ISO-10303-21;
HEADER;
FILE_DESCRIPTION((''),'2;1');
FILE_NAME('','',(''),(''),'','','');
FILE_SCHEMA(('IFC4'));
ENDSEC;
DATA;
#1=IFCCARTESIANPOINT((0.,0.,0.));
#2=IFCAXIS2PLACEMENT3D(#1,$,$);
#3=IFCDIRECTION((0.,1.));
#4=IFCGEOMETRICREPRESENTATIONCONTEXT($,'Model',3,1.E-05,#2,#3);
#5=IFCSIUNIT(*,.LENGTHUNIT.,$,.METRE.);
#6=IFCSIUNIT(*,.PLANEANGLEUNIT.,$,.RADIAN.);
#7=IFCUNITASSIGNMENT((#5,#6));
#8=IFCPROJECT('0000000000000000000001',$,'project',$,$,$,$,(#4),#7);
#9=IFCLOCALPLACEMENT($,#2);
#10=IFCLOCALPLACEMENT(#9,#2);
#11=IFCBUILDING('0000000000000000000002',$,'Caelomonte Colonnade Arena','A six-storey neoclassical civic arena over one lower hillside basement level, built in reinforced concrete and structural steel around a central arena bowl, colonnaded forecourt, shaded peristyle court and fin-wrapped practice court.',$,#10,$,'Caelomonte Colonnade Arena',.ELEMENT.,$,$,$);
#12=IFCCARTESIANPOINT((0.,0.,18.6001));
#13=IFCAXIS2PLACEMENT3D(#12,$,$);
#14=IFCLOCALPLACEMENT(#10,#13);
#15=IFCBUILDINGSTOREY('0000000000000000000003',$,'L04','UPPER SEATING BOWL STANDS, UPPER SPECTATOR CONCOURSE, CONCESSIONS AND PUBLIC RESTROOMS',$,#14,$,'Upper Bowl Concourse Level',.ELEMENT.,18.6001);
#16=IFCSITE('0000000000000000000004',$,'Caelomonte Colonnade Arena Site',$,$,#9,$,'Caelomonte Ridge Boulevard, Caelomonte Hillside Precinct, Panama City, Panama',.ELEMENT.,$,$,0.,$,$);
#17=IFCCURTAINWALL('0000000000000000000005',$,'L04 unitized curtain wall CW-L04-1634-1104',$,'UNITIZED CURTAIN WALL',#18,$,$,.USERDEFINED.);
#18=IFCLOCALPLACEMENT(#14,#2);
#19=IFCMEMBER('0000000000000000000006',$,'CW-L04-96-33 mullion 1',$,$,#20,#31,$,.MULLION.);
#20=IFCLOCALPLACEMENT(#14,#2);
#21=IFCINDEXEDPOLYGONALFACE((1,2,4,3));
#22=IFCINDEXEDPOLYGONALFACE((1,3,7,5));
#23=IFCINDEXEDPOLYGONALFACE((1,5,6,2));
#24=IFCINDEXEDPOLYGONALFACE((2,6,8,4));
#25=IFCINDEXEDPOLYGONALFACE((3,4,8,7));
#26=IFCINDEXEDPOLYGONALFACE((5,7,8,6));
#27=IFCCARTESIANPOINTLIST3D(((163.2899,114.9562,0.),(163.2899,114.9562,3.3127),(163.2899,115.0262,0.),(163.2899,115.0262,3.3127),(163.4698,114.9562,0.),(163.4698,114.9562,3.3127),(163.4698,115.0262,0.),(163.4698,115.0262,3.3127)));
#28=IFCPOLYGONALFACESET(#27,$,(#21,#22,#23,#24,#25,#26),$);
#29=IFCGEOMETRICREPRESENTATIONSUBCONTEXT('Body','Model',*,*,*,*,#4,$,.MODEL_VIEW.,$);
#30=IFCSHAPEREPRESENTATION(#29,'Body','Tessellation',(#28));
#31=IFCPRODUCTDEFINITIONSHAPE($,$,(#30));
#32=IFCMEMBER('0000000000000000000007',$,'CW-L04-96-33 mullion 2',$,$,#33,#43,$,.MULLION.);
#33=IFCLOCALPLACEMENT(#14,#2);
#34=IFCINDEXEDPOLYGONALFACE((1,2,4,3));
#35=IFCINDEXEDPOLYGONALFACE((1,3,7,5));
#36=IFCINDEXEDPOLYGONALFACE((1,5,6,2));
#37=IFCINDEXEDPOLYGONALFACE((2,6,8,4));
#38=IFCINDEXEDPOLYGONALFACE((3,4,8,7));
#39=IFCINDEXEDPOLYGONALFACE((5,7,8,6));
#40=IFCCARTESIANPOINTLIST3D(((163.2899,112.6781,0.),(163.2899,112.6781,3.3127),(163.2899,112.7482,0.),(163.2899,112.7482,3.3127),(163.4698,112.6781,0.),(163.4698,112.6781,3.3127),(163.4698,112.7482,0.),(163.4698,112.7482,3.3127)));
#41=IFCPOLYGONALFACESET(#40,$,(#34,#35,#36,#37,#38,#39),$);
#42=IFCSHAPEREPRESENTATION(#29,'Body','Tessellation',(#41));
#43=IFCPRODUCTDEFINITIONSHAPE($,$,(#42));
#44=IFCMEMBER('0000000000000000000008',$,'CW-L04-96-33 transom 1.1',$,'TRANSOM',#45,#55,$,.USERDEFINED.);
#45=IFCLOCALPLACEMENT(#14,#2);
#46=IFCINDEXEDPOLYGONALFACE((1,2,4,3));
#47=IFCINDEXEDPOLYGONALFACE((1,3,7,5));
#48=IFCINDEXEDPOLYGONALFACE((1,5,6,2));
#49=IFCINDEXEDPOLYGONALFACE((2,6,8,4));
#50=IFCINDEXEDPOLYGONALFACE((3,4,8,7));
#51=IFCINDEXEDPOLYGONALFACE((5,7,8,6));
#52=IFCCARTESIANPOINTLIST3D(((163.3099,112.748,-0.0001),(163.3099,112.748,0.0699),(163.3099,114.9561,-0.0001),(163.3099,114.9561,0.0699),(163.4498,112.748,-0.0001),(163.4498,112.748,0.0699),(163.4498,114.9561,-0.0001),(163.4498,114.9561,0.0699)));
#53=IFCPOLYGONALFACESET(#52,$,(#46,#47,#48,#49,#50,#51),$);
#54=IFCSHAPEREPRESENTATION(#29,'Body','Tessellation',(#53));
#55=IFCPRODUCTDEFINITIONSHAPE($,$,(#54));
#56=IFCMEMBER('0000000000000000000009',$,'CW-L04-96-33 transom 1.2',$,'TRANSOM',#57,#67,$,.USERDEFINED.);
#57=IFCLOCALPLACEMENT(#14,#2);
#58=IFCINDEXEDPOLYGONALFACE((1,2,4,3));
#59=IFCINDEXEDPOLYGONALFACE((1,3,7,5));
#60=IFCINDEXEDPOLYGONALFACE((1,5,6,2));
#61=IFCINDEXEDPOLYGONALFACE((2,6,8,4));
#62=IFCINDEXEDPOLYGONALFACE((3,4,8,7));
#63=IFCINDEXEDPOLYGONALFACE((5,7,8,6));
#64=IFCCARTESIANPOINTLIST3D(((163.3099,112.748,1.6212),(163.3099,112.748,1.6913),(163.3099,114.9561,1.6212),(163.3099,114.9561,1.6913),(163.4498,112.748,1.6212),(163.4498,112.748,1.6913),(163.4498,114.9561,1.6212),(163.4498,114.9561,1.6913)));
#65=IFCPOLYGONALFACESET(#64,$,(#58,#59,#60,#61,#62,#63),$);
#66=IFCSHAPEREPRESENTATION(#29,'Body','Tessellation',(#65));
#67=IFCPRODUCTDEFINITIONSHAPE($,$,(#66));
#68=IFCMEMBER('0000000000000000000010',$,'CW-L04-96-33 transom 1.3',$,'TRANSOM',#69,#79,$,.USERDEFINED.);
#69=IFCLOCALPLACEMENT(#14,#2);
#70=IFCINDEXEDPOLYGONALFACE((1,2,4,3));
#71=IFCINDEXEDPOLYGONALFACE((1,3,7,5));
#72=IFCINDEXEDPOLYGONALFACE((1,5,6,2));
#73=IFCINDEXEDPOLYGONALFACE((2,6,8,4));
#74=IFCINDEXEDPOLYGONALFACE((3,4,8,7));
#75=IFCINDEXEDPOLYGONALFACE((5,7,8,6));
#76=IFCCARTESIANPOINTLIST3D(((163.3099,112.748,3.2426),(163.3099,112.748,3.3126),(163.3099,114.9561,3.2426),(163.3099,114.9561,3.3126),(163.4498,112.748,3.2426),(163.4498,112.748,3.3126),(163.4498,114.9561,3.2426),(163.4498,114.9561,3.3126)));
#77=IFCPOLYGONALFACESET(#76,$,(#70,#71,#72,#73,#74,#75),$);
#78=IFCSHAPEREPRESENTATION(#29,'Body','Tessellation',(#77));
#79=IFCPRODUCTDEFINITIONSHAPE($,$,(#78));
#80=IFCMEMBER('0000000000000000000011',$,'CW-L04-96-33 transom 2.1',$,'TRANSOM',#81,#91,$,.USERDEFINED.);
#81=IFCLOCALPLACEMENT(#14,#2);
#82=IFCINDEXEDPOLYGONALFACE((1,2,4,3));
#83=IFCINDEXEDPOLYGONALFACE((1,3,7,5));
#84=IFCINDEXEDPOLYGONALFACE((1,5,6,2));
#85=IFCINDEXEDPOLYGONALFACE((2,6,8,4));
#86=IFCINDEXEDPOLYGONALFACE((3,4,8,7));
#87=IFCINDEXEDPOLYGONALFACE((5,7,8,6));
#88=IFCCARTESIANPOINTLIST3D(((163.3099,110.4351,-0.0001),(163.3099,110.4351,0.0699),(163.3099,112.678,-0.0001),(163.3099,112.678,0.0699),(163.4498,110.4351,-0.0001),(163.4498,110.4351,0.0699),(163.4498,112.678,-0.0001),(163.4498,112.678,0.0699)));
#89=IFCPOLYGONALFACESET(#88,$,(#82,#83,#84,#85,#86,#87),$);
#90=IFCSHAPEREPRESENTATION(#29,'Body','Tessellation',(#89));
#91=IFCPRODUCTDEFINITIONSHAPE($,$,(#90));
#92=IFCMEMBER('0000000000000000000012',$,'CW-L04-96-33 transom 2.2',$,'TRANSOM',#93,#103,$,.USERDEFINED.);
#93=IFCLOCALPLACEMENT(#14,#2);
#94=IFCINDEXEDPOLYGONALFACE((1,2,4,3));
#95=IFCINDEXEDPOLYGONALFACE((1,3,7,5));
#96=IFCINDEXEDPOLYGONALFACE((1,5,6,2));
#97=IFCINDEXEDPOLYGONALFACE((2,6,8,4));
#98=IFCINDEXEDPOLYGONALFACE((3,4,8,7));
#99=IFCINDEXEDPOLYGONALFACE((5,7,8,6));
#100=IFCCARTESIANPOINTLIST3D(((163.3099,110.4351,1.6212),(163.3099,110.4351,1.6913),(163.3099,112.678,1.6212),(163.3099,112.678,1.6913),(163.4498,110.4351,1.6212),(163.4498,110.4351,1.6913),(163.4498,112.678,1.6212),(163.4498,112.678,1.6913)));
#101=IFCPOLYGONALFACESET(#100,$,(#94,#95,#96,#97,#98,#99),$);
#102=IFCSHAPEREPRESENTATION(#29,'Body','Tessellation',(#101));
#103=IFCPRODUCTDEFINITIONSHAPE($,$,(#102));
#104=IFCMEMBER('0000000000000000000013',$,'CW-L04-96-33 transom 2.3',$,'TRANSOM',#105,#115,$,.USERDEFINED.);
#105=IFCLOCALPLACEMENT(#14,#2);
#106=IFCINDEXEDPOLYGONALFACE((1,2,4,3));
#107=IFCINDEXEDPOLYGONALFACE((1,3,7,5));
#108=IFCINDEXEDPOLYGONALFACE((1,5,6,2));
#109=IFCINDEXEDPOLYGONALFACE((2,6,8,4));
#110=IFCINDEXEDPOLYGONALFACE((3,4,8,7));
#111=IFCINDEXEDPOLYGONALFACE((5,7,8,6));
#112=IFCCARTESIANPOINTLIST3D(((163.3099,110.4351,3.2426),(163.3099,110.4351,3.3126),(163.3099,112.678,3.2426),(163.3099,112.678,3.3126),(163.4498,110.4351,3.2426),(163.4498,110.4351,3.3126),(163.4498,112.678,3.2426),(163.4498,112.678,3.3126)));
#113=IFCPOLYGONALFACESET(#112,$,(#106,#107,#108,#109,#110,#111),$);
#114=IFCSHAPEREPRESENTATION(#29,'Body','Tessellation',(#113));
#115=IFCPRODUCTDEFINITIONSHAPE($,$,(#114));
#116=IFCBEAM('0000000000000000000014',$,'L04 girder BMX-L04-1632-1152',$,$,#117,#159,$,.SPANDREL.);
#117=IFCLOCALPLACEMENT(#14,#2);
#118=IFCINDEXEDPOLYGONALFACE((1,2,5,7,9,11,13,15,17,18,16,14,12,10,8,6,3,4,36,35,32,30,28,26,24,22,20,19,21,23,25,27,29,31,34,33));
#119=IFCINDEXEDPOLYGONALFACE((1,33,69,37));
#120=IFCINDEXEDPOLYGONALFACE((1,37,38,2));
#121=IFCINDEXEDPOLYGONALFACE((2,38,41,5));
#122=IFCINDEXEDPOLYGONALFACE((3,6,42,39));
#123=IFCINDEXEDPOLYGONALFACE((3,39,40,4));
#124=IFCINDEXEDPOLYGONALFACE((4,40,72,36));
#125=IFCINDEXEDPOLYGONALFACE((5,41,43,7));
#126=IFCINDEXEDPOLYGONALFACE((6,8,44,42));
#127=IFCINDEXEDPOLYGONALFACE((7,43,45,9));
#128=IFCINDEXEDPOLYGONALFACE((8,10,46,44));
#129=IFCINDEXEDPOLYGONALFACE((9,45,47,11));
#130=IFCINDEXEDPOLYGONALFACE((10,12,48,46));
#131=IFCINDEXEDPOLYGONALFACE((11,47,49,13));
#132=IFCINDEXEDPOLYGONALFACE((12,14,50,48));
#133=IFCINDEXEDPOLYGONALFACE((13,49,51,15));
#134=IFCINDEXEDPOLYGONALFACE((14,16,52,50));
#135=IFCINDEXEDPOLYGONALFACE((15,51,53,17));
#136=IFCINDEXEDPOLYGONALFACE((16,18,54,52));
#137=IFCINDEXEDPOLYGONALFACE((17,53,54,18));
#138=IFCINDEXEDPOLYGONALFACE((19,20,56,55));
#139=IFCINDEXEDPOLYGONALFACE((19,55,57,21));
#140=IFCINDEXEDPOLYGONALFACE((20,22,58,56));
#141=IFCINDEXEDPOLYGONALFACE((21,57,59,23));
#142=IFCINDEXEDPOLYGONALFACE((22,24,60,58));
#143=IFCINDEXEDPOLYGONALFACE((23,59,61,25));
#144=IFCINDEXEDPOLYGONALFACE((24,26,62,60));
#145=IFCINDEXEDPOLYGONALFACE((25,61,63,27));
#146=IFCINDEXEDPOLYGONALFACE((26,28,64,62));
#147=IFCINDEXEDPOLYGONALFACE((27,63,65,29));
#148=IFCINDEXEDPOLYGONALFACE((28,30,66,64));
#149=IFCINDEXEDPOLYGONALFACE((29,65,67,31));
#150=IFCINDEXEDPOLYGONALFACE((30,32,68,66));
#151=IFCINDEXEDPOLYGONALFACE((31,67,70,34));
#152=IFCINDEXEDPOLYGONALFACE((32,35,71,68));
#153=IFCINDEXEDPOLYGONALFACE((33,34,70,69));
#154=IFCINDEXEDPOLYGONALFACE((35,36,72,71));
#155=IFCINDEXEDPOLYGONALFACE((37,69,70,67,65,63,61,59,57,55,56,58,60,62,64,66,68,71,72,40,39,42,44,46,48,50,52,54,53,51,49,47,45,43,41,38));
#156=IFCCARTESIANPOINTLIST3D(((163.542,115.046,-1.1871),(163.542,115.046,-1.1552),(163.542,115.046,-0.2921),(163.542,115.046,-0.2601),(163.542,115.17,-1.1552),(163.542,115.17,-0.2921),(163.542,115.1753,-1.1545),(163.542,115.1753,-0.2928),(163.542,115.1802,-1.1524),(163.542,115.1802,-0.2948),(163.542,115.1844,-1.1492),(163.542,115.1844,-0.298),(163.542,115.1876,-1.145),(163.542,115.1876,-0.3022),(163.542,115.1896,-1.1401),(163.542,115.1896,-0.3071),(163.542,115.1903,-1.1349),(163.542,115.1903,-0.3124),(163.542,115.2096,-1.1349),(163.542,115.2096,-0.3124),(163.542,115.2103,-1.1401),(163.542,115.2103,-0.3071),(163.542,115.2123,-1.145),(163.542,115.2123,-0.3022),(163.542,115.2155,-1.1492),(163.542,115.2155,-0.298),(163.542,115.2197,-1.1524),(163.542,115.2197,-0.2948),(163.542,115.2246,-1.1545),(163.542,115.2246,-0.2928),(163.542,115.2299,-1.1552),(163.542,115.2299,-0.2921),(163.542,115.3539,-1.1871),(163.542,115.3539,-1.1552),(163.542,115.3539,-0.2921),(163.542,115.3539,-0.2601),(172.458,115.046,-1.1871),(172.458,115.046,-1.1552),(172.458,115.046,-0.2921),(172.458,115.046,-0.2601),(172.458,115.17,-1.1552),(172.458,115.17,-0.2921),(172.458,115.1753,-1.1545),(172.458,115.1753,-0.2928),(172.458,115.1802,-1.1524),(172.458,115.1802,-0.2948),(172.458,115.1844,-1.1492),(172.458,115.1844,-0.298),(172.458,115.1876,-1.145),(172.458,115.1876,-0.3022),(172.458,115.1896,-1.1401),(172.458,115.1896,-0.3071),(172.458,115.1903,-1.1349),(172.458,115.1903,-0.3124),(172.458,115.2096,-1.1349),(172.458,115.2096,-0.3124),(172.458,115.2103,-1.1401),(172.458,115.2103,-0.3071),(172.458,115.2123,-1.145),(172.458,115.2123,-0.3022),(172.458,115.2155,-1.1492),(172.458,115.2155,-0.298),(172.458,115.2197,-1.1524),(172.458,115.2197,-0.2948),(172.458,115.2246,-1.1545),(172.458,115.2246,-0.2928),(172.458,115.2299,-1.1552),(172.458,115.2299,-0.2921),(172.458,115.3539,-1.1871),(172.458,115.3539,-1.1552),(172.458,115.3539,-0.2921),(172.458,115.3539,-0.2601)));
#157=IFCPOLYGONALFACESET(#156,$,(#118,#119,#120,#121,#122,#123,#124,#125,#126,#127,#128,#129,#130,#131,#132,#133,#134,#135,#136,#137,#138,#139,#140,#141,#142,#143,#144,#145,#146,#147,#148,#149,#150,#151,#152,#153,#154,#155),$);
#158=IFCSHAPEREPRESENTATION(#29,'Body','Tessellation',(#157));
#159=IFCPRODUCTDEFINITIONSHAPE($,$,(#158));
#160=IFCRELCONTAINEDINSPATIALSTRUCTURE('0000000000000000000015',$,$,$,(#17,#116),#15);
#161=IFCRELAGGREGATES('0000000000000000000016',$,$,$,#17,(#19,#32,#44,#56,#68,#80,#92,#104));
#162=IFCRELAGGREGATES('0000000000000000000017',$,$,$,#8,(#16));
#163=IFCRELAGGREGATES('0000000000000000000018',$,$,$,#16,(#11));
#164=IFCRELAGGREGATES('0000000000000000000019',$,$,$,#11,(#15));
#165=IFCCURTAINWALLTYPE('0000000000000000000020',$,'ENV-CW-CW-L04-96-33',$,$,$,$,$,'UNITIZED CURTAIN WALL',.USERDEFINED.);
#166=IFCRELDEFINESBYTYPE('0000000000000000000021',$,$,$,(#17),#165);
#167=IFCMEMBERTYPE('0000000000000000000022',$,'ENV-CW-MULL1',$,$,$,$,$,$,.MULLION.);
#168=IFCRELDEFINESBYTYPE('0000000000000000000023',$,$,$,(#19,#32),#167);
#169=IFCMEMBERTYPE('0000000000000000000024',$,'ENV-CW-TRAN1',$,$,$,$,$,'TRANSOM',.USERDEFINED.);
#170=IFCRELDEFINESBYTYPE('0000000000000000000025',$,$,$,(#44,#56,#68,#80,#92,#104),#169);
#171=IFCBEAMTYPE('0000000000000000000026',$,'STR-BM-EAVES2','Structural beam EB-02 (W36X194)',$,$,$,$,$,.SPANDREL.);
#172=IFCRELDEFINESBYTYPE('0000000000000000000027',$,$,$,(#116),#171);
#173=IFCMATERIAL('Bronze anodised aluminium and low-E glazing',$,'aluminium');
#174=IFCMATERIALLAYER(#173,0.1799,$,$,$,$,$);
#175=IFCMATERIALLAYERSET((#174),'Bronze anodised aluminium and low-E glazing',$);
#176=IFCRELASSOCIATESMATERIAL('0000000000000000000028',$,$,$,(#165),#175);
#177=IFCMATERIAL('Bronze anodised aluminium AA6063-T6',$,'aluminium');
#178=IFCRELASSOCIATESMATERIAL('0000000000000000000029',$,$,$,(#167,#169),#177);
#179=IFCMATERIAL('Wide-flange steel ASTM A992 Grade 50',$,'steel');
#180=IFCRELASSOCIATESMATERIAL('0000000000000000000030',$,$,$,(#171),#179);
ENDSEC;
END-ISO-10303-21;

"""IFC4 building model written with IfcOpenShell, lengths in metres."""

from ifc_helpers import new_model, si_unit, direction, frame, origin, origin_2d, place, context, subcontext, project, spatial, rectangle, i_section, extrude, material, layer, layer_set, material_profile, profile_set, type_object, element, aggregate, save


model = new_model("IFC4")

# Units and contexts
model_context = context("Model", 3, precision=1e-05, world=origin(), true_north=direction((0.0, 1.0)))
body_context = subcontext(model_context, "Body", "Model", "MODEL_VIEW")
ifc_project = project(units=[si_unit("LENGTHUNIT", "METRE"), si_unit("PLANEANGLEUNIT", "RADIAN")], contexts=[model_context])

# Site, building, storey
site_placement = place(None, origin())
site = spatial("IfcSite", under=ifc_project, at=site_placement, Name="Caelomonte Colonnade Arena Site", LongName="Caelomonte Ridge Boulevard, Caelomonte Hillside Precinct, Panama City, Panama", CompositionType="ELEMENT", RefElevation=0.0)
building_placement = place(site_placement, origin())
building = spatial("IfcBuilding", under=site, at=building_placement, Name="Caelomonte Colonnade Arena", Description="A six-storey neoclassical civic arena over one lower hillside basement level, built in reinforced concrete and structural steel around a central arena bowl, colonnaded forecourt, shaded peristyle court and fin-wrapped practice court.", LongName="Caelomonte Colonnade Arena", CompositionType="ELEMENT")
storey_placement = place(building_placement, frame((0.0, 0.0, 18.6001)))
storey = spatial("IfcBuildingStorey", under=building, at=storey_placement, Name="L04", Description="UPPER SEATING BOWL STANDS, UPPER SPECTATOR CONCOURSE, CONCESSIONS AND PUBLIC RESTROOMS", LongName="Upper Bowl Concourse Level", CompositionType="ELEMENT", Elevation=18.6001)

# Curtain wall, members
ifc_material_1 = material(Name="Bronze anodised aluminium and low-E glazing", Category="aluminium")
ifc_layer_1 = layer(ifc_material_1, 0.1799)
ifc_layer_set_1 = layer_set([ifc_layer_1], Name="Bronze anodised aluminium and low-E glazing")
curtain_wall_type = type_object("IfcCurtainWallType", Name="ENV-CW-CW-L04-96-33", ElementType="UNITIZED CURTAIN WALL", PredefinedType="USERDEFINED", material=ifc_layer_set_1)
curtain_wall_placement = place(storey_placement, origin())
curtain_wall = element("IfcCurtainWall", 1, at=curtain_wall_placement, inside=storey, type_object=curtain_wall_type, Name="L04 unitized curtain wall CW-L04-1634-1104", ObjectType="UNITIZED CURTAIN WALL", PredefinedType="USERDEFINED")
ifc_material_2 = material(Name="Bronze anodised aluminium AA6063-T6", Category="aluminium")
ifc_material_profile_1 = material_profile(ifc_material_2, rectangle(XDim=0.0701, YDim=0.1799, at=origin_2d()), Name="CWM-70X180")
ifc_profile_set_1 = profile_set([ifc_material_profile_1], Name="Bronze anodised aluminium AA6063-T6")
member_type_1 = type_object("IfcMemberType", Name="ENV-CW-MULL1", PredefinedType="MULLION", material=ifc_profile_set_1)
member_1_placement = place(storey_placement, frame((163.3799, 114.9912, 0.0), z_axis=(0.0, 0.0, 1.0), x_axis=(0.0, -1.0, 0.0)))
member_1 = element("IfcMember", 2, at=member_1_placement, type_object=member_type_1, Name="CW-L04-96-33 mullion 1", PredefinedType="MULLION", context=body_context, shape_type="SweptSolid", body=[
    extrude(rectangle(XDim=0.0701, YDim=0.1799, at=origin_2d()), origin(), (0.0, 0.0, 1.0), 3.3127),
])
member_2_placement = place(storey_placement, frame((163.3799, 112.7131, 0.0), z_axis=(0.0, 0.0, 1.0), x_axis=(0.0, -1.0, 0.0)))
member_2 = element("IfcMember", 3, at=member_2_placement, type_object=member_type_1, Name="CW-L04-96-33 mullion 2", PredefinedType="MULLION", context=body_context, shape_type="SweptSolid", body=[
    extrude(rectangle(XDim=0.0701, YDim=0.1799, at=origin_2d()), origin(), (0.0, 0.0, 1.0), 3.3127),
])
ifc_material_profile_2 = material_profile(ifc_material_2, rectangle(XDim=0.0701, YDim=0.1399, at=origin_2d()), Name="CWT-70X140")
ifc_profile_set_2 = profile_set([ifc_material_profile_2], Name="Bronze anodised aluminium AA6063-T6")
member_type_2 = type_object("IfcMemberType", Name="ENV-CW-TRAN1", ElementType="TRANSOM", PredefinedType="USERDEFINED", material=ifc_profile_set_2)
member_3_placement = place(storey_placement, frame((163.3799, 114.9561, 0.0349), z_axis=(0.0, -1.0, 0.0), x_axis=(0.0, 0.0, 1.0)))
member_3 = element("IfcMember", 4, at=member_3_placement, type_object=member_type_2, Name="CW-L04-96-33 transom 1.1", ObjectType="TRANSOM", PredefinedType="USERDEFINED", context=body_context, shape_type="SweptSolid", body=[
    extrude(rectangle(XDim=0.0701, YDim=0.1399, at=origin_2d()), origin(), (0.0, 0.0, 1.0), 2.208),
])
member_4_placement = place(storey_placement, frame((163.3799, 114.9561, 1.6562), z_axis=(0.0, -1.0, 0.0), x_axis=(0.0, 0.0, 1.0)))
member_4 = element("IfcMember", 5, at=member_4_placement, type_object=member_type_2, Name="CW-L04-96-33 transom 1.2", ObjectType="TRANSOM", PredefinedType="USERDEFINED", context=body_context, shape_type="SweptSolid", body=[
    extrude(rectangle(XDim=0.0701, YDim=0.1399, at=origin_2d()), origin(), (0.0, 0.0, 1.0), 2.208),
])
member_5_placement = place(storey_placement, frame((163.3799, 114.9561, 3.2776), z_axis=(0.0, -1.0, 0.0), x_axis=(0.0, 0.0, 1.0)))
member_5 = element("IfcMember", 6, at=member_5_placement, type_object=member_type_2, Name="CW-L04-96-33 transom 1.3", ObjectType="TRANSOM", PredefinedType="USERDEFINED", context=body_context, shape_type="SweptSolid", body=[
    extrude(rectangle(XDim=0.0701, YDim=0.1399, at=origin_2d()), origin(), (0.0, 0.0, 1.0), 2.208),
])
member_6_placement = place(storey_placement, frame((163.3799, 112.678, 0.0349), z_axis=(0.0, -1.0, 0.0), x_axis=(0.0, 0.0, 1.0)))
member_6 = element("IfcMember", 7, at=member_6_placement, type_object=member_type_2, Name="CW-L04-96-33 transom 2.1", ObjectType="TRANSOM", PredefinedType="USERDEFINED", context=body_context, shape_type="SweptSolid", body=[
    extrude(rectangle(XDim=0.0701, YDim=0.1399, at=origin_2d()), origin(), (0.0, 0.0, 1.0), 2.2429),
])
member_7_placement = place(storey_placement, frame((163.3799, 112.678, 1.6562), z_axis=(0.0, -1.0, 0.0), x_axis=(0.0, 0.0, 1.0)))
member_7 = element("IfcMember", 8, at=member_7_placement, type_object=member_type_2, Name="CW-L04-96-33 transom 2.2", ObjectType="TRANSOM", PredefinedType="USERDEFINED", context=body_context, shape_type="SweptSolid", body=[
    extrude(rectangle(XDim=0.0701, YDim=0.1399, at=origin_2d()), origin(), (0.0, 0.0, 1.0), 2.2429),
])
member_8_placement = place(storey_placement, frame((163.3799, 112.678, 3.2776), z_axis=(0.0, -1.0, 0.0), x_axis=(0.0, 0.0, 1.0)))
member_8 = element("IfcMember", 9, at=member_8_placement, type_object=member_type_2, Name="CW-L04-96-33 transom 2.3", ObjectType="TRANSOM", PredefinedType="USERDEFINED", context=body_context, shape_type="SweptSolid", body=[
    extrude(rectangle(XDim=0.0701, YDim=0.1399, at=origin_2d()), origin(), (0.0, 0.0, 1.0), 2.2429),
])

# Beam
ifc_material_3 = material(Name="Wide-flange steel ASTM A992 Grade 50", Category="steel")
ifc_material_profile_3 = material_profile(ifc_material_3, i_section(OverallWidth=0.3079, OverallDepth=0.927, WebThickness=0.0193, FlangeThickness=0.032, FilletRadius=0.0203, at=origin_2d()), Name="W36X194")
ifc_profile_set_3 = profile_set([ifc_material_profile_3], Name="Wide-flange steel ASTM A992 Grade 50")
beam_type_1 = type_object("IfcBeamType", Name="STR-BM-EAVES2", Description="Structural beam EB-02 (W36X194)", PredefinedType="SPANDREL", material=ifc_profile_set_3)
beam_1_placement = place(storey_placement, frame((163.542, 115.2, -0.7236), z_axis=(1.0, 0.0, 0.0), x_axis=(0.0, 1.0, 0.0)))
element("IfcBeam", 10, at=beam_1_placement, inside=storey, type_object=beam_type_1, Name="L04 girder BMX-L04-1632-1152", PredefinedType="SPANDREL", context=body_context, shape_type="SweptSolid", body=[
    extrude(i_section(OverallWidth=0.3079, OverallDepth=0.927, WebThickness=0.0193, FlangeThickness=0.032, FilletRadius=0.0203, at=origin_2d()), origin(), (0.0, 0.0, 1.0), 8.916),
])

aggregate(curtain_wall, [member_1, member_2, member_3, member_4, member_5, member_6, member_7, member_8])

save(model, "model.ifc")
